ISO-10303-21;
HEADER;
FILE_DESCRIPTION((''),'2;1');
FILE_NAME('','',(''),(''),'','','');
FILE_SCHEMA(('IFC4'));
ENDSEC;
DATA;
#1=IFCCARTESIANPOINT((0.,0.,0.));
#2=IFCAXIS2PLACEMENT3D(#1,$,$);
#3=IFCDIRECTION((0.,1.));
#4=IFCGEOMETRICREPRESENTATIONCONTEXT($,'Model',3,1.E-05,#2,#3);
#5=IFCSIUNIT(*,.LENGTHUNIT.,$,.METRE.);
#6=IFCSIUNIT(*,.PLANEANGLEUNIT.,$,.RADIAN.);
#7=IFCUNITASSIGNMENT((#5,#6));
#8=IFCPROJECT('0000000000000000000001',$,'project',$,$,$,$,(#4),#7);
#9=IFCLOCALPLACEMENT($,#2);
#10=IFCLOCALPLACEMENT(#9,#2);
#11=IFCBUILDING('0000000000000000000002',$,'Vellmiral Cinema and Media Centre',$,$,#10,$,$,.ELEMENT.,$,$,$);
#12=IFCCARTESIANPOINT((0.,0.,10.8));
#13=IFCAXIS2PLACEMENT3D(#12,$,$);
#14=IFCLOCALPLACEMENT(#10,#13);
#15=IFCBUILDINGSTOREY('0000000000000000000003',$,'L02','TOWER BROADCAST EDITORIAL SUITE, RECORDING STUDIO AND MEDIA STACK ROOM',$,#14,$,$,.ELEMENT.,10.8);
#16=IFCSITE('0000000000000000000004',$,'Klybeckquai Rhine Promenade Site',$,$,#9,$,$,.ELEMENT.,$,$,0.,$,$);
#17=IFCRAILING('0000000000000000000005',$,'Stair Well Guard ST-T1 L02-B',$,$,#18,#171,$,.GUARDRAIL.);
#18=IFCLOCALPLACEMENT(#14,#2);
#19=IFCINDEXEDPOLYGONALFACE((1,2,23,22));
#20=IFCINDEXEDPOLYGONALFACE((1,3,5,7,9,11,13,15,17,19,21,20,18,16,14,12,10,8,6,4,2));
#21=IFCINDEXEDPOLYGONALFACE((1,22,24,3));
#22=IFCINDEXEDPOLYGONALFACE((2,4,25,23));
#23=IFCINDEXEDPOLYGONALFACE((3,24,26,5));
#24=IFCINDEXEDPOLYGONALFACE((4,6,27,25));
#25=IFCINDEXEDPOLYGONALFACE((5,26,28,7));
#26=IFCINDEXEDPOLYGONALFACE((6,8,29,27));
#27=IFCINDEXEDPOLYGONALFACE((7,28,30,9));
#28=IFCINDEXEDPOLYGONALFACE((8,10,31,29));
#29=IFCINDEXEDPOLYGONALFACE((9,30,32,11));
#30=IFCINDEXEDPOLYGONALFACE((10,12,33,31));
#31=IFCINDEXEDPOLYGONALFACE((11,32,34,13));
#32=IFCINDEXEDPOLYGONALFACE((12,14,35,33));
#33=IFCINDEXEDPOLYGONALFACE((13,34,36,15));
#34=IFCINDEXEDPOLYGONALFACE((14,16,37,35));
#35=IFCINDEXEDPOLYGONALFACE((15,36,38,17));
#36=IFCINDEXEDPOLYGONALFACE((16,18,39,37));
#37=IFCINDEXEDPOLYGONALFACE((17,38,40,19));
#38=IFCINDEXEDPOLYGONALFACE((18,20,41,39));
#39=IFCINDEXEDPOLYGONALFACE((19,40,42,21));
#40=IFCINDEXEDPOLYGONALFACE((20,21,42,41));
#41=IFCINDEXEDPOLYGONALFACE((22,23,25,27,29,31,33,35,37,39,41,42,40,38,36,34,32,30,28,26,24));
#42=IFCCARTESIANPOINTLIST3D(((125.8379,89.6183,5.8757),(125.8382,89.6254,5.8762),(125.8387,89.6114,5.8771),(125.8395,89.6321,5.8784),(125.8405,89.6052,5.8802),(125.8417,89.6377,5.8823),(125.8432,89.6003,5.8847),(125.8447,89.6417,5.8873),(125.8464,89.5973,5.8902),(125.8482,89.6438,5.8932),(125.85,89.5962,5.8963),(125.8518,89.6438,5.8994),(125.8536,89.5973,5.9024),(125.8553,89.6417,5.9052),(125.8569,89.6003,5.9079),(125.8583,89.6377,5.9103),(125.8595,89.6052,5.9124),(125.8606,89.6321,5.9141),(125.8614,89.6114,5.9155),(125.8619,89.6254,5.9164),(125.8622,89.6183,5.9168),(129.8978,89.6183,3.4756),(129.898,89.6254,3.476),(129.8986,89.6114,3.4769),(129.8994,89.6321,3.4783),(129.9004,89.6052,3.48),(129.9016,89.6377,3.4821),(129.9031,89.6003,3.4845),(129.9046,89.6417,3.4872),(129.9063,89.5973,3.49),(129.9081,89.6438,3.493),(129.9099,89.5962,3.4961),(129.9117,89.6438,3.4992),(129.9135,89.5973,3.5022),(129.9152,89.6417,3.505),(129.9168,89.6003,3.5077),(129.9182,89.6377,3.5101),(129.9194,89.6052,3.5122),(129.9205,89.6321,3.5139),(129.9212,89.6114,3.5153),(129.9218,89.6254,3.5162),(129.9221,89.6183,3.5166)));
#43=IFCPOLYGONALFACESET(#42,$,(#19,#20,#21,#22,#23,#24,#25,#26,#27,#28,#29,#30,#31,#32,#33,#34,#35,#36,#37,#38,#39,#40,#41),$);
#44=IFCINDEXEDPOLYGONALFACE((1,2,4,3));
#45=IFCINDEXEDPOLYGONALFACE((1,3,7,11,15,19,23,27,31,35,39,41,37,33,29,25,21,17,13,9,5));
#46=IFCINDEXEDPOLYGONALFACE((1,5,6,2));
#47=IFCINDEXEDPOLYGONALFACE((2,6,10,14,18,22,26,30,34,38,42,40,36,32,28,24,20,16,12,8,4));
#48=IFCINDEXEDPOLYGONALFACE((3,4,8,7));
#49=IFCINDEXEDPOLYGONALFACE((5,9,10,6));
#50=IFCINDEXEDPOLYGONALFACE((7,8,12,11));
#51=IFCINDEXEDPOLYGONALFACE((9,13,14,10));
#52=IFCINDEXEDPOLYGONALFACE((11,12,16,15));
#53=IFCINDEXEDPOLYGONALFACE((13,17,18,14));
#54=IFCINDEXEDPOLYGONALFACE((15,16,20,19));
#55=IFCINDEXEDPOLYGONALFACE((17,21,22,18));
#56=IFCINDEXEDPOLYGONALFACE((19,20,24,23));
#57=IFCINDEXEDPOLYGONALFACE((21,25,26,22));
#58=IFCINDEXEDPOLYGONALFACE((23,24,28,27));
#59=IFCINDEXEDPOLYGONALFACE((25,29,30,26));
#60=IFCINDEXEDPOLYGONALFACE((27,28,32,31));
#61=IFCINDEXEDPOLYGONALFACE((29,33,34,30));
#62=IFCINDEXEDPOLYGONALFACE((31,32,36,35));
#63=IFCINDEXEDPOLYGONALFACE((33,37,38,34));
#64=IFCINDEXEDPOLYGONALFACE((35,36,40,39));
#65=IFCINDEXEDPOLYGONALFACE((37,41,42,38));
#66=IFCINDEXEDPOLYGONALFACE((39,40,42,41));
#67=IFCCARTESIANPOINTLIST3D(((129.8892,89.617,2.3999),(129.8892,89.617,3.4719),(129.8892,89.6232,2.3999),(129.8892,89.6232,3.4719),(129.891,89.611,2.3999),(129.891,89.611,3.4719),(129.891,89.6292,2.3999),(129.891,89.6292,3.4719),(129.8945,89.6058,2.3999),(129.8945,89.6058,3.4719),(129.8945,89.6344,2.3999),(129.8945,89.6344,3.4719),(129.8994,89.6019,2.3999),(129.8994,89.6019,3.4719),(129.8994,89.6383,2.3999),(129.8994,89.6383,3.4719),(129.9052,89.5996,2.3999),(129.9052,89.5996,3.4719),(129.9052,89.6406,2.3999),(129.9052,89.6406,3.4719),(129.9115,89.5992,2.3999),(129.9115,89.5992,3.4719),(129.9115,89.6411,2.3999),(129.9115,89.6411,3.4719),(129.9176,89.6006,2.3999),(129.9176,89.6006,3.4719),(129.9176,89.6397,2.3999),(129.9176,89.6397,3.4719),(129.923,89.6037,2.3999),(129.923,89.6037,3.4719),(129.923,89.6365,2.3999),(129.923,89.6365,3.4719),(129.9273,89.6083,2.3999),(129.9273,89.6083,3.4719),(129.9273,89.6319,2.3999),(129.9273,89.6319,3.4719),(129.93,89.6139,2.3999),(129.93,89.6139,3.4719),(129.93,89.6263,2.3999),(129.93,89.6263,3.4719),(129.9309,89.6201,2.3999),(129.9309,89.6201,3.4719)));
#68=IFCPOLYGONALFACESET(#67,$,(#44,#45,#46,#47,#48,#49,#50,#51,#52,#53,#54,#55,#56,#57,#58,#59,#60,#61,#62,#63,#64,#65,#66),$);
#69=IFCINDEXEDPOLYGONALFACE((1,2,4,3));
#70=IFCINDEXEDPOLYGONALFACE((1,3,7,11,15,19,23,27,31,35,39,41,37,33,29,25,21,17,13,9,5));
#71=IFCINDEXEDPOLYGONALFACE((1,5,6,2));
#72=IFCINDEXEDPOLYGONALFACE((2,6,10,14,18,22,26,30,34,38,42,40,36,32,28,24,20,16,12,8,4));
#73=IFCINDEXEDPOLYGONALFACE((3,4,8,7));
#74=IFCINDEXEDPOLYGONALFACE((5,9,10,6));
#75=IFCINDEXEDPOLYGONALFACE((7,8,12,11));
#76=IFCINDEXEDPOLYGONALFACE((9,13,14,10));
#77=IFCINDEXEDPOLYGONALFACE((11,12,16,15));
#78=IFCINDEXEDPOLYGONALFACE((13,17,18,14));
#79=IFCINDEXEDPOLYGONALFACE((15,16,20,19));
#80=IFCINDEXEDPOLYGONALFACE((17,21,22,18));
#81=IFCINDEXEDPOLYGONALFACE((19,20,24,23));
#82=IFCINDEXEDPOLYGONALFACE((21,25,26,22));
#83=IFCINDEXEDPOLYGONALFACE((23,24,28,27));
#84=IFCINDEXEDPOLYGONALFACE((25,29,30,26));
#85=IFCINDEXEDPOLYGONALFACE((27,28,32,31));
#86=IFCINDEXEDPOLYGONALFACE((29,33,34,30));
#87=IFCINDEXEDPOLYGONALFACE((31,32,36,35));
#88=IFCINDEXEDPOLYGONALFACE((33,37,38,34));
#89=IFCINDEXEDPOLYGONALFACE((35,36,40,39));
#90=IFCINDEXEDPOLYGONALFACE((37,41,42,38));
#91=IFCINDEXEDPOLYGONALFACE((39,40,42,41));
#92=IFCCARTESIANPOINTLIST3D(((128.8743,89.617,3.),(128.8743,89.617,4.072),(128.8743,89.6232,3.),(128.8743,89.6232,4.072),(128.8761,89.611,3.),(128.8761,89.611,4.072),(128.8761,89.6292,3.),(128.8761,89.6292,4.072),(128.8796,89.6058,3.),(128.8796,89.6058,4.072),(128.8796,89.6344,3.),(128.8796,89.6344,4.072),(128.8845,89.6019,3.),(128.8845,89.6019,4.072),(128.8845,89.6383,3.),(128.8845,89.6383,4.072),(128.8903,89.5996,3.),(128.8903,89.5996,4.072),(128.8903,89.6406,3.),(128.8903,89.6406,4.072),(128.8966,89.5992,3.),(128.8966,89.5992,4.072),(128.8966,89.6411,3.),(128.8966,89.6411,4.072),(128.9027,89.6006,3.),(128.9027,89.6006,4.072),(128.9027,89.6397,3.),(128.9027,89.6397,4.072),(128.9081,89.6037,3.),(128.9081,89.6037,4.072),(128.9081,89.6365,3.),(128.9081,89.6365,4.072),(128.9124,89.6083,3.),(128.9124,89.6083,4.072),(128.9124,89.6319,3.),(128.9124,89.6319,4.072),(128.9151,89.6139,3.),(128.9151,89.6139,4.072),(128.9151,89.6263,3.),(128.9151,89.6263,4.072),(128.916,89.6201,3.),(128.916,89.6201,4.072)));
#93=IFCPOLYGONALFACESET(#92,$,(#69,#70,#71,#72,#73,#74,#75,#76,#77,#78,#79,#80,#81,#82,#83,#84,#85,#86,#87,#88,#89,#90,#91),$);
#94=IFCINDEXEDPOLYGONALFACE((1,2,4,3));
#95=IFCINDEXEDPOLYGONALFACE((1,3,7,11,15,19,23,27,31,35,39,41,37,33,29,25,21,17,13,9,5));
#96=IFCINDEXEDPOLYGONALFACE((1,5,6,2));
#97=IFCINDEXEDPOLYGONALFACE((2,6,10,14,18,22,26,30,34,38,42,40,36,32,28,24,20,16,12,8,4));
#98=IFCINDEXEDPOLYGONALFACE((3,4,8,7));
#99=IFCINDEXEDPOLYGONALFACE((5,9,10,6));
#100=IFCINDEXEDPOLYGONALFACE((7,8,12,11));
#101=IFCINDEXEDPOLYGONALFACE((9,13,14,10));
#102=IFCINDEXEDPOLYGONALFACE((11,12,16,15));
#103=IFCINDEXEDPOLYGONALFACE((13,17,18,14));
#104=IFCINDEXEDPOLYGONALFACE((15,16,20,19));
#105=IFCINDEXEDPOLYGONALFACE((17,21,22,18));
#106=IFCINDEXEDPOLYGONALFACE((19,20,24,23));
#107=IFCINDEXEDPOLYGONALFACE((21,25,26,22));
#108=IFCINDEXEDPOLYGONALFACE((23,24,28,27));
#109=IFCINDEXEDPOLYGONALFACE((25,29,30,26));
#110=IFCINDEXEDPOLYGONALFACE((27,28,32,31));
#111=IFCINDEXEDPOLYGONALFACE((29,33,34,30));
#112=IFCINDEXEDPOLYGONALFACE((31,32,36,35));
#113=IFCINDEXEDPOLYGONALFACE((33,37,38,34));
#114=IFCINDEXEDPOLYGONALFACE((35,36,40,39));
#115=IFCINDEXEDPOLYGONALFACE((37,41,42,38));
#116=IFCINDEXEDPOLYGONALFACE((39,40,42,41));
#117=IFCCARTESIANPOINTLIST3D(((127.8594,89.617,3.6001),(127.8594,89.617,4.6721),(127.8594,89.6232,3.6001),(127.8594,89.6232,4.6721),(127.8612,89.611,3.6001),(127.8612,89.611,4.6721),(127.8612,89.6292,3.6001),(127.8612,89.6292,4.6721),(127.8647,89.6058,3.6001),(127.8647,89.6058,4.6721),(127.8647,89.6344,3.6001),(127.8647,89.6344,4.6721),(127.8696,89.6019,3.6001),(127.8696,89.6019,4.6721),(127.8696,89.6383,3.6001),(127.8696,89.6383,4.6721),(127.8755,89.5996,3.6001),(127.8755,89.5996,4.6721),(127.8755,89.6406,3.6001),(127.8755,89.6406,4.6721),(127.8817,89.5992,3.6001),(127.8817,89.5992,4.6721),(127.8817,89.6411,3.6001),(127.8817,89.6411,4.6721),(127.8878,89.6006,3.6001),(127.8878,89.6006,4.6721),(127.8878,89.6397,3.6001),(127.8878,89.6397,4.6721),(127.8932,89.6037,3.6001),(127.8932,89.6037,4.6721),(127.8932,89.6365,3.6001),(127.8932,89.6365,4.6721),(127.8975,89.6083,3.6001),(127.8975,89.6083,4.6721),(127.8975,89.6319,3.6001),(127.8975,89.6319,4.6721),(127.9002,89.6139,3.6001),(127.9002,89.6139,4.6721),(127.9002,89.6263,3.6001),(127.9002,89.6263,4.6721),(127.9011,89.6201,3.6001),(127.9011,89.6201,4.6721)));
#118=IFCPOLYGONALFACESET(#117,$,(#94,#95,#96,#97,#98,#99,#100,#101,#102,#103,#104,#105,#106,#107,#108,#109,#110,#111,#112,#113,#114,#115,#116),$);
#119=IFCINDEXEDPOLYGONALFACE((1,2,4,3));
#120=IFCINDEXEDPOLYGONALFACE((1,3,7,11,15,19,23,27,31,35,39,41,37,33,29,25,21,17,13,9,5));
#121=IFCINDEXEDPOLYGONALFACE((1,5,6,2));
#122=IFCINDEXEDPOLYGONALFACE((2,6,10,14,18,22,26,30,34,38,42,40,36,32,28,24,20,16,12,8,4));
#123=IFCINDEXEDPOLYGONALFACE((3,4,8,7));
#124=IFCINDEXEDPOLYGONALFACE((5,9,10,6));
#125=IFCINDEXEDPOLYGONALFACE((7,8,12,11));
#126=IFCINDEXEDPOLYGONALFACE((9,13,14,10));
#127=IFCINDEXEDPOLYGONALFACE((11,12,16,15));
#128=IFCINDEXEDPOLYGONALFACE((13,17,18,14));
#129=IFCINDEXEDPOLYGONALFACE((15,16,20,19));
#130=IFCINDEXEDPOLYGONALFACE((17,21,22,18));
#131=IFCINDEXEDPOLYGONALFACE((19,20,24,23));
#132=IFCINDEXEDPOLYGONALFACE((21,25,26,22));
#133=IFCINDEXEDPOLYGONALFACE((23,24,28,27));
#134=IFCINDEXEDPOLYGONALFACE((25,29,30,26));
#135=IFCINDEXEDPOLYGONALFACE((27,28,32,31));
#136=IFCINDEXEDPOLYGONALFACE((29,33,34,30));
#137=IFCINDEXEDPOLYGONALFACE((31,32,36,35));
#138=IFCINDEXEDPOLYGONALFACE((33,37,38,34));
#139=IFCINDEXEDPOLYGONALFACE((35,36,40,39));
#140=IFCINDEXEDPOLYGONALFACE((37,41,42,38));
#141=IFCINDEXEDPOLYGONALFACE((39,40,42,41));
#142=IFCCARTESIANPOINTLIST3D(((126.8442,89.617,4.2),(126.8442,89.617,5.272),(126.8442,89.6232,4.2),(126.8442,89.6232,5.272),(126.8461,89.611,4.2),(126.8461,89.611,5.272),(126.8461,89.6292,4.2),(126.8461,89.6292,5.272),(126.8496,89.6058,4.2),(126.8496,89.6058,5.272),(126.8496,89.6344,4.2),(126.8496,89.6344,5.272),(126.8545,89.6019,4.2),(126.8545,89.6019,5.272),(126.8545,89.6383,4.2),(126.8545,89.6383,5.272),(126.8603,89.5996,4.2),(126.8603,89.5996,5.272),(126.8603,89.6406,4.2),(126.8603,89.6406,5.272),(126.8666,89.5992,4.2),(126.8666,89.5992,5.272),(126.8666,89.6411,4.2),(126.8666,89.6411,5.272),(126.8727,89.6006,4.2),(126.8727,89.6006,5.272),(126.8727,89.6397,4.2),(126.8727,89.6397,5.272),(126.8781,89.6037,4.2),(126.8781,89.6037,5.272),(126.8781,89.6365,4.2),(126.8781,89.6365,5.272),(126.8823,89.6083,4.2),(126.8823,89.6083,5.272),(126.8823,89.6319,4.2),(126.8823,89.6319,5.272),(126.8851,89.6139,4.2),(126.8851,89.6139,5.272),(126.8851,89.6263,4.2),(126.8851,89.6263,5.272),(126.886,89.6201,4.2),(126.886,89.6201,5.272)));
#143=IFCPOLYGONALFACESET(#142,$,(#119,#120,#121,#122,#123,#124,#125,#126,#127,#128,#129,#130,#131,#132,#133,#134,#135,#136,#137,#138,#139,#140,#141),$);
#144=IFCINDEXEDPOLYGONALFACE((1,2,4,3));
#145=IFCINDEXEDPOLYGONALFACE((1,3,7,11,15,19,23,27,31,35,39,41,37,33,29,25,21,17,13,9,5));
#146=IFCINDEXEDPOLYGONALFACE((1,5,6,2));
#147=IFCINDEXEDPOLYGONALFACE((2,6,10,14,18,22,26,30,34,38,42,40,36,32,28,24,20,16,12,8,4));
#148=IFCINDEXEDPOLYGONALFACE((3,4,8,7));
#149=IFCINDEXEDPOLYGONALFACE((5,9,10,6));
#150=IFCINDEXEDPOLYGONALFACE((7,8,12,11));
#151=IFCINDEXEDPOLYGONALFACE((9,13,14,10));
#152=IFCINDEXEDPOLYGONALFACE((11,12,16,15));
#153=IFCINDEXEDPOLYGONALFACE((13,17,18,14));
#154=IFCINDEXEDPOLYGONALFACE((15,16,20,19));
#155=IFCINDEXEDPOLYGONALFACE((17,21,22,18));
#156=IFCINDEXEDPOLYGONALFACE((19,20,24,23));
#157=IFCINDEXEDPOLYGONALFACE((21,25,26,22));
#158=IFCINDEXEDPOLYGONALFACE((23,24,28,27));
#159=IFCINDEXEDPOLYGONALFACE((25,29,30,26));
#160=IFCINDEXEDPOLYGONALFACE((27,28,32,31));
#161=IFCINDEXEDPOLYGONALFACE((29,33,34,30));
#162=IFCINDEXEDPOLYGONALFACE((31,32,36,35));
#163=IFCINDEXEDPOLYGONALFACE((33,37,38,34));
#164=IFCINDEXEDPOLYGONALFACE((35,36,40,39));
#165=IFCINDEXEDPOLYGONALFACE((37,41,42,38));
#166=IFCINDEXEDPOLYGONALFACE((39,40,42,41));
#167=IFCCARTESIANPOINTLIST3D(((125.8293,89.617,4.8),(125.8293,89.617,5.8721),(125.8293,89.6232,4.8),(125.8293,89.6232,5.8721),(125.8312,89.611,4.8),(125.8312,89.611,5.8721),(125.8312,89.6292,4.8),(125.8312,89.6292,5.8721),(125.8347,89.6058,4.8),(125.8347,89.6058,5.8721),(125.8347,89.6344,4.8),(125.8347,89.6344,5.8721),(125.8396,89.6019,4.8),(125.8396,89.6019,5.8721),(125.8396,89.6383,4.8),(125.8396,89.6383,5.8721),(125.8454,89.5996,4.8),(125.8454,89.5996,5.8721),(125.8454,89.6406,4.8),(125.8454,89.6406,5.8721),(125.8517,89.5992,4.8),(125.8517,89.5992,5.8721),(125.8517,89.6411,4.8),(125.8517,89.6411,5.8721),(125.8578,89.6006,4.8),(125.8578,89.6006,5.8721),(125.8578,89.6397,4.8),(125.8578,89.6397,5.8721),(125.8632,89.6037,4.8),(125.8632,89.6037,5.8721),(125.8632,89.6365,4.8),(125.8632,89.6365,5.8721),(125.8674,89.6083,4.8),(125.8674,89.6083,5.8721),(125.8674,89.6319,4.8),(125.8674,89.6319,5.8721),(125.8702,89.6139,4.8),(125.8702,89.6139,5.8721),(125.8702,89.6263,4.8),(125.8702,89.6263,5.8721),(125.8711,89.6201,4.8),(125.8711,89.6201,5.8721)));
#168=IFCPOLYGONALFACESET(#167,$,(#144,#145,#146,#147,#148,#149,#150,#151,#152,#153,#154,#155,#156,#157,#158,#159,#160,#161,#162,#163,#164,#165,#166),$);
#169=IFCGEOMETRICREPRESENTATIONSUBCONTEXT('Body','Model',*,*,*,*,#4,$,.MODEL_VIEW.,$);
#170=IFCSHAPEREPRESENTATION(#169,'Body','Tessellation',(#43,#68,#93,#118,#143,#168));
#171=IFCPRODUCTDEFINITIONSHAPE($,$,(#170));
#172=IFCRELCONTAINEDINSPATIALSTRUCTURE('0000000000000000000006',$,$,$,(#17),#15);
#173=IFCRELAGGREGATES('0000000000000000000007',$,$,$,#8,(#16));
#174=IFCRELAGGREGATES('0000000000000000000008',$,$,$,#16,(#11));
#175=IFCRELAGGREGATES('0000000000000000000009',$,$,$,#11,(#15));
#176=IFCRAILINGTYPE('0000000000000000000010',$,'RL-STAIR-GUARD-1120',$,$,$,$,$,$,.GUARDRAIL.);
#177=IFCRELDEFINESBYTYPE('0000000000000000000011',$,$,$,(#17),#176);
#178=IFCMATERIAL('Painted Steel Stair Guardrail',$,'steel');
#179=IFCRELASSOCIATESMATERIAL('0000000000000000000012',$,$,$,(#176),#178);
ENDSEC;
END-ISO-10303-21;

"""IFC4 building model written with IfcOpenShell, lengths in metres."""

from ifc_helpers import new_model, si_unit, direction, frame, origin, origin_2d, place, context, subcontext, project, spatial, circle, extrude, material, type_object, element, save


model = new_model("IFC4")

# Units and contexts
model_context = context("Model", 3, precision=1e-05, world=origin(), true_north=direction((0.0, 1.0)))
body_context = subcontext(model_context, "Body", "Model", "MODEL_VIEW")
ifc_project = project(units=[si_unit("LENGTHUNIT", "METRE"), si_unit("PLANEANGLEUNIT", "RADIAN")], contexts=[model_context])

# Site, building, storey
site_placement = place(None, origin())
site = spatial("IfcSite", under=ifc_project, at=site_placement, Name="Klybeckquai Rhine Promenade Site", CompositionType="ELEMENT", RefElevation=0.0)
building_placement = place(site_placement, origin())
building = spatial("IfcBuilding", under=site, at=building_placement, Name="Vellmiral Cinema and Media Centre", CompositionType="ELEMENT")
storey_placement = place(building_placement, frame((0.0, 0.0, 10.8)))
storey = spatial("IfcBuildingStorey", under=building, at=storey_placement, Name="L02", Description="TOWER BROADCAST EDITORIAL SUITE, RECORDING STUDIO AND MEDIA STACK ROOM", CompositionType="ELEMENT", Elevation=10.8)

# Railing
ifc_material_1 = material(Name="Painted Steel Stair Guardrail", Category="steel")
railing_type_1 = type_object("IfcRailingType", Name="RL-STAIR-GUARD-1120", PredefinedType="GUARDRAIL", material=ifc_material_1)
railing_1_placement = place(storey_placement, frame((129.9099, 89.6201, 2.3999)))
element("IfcRailing", 1, at=railing_1_placement, inside=storey, type_object=railing_type_1, Name="Stair Well Guard ST-T1 L02-B", PredefinedType="GUARDRAIL", context=body_context, shape_type="SweptSolid", body=[
    extrude(circle(Radius=0.0239, at=origin_2d()), frame((0.0, 0.0, 1.0962), z_axis=(-0.860818, 0.0, 0.508912), x_axis=(0.0, -1.0, 0.0)), (0.0, 0.0, 1.0), 4.7163),
    extrude(circle(Radius=0.021, at=origin_2d()), origin(), (0.0, 0.0, 1.0), 1.072),
    extrude(circle(Radius=0.021, at=origin_2d()), frame((-1.0149, 0.0, 0.6001)), (0.0, 0.0, 1.0), 1.072),
    extrude(circle(Radius=0.021, at=origin_2d()), frame((-2.0298, 0.0, 1.2002)), (0.0, 0.0, 1.0), 1.072),
    extrude(circle(Radius=0.021, at=origin_2d()), frame((-3.0449, 0.0, 1.8)), (0.0, 0.0, 1.0), 1.072),
    extrude(circle(Radius=0.021, at=origin_2d()), frame((-4.0598, 0.0, 2.4001)), (0.0, 0.0, 1.0), 1.072),
])

save(model, "model.ifc")
